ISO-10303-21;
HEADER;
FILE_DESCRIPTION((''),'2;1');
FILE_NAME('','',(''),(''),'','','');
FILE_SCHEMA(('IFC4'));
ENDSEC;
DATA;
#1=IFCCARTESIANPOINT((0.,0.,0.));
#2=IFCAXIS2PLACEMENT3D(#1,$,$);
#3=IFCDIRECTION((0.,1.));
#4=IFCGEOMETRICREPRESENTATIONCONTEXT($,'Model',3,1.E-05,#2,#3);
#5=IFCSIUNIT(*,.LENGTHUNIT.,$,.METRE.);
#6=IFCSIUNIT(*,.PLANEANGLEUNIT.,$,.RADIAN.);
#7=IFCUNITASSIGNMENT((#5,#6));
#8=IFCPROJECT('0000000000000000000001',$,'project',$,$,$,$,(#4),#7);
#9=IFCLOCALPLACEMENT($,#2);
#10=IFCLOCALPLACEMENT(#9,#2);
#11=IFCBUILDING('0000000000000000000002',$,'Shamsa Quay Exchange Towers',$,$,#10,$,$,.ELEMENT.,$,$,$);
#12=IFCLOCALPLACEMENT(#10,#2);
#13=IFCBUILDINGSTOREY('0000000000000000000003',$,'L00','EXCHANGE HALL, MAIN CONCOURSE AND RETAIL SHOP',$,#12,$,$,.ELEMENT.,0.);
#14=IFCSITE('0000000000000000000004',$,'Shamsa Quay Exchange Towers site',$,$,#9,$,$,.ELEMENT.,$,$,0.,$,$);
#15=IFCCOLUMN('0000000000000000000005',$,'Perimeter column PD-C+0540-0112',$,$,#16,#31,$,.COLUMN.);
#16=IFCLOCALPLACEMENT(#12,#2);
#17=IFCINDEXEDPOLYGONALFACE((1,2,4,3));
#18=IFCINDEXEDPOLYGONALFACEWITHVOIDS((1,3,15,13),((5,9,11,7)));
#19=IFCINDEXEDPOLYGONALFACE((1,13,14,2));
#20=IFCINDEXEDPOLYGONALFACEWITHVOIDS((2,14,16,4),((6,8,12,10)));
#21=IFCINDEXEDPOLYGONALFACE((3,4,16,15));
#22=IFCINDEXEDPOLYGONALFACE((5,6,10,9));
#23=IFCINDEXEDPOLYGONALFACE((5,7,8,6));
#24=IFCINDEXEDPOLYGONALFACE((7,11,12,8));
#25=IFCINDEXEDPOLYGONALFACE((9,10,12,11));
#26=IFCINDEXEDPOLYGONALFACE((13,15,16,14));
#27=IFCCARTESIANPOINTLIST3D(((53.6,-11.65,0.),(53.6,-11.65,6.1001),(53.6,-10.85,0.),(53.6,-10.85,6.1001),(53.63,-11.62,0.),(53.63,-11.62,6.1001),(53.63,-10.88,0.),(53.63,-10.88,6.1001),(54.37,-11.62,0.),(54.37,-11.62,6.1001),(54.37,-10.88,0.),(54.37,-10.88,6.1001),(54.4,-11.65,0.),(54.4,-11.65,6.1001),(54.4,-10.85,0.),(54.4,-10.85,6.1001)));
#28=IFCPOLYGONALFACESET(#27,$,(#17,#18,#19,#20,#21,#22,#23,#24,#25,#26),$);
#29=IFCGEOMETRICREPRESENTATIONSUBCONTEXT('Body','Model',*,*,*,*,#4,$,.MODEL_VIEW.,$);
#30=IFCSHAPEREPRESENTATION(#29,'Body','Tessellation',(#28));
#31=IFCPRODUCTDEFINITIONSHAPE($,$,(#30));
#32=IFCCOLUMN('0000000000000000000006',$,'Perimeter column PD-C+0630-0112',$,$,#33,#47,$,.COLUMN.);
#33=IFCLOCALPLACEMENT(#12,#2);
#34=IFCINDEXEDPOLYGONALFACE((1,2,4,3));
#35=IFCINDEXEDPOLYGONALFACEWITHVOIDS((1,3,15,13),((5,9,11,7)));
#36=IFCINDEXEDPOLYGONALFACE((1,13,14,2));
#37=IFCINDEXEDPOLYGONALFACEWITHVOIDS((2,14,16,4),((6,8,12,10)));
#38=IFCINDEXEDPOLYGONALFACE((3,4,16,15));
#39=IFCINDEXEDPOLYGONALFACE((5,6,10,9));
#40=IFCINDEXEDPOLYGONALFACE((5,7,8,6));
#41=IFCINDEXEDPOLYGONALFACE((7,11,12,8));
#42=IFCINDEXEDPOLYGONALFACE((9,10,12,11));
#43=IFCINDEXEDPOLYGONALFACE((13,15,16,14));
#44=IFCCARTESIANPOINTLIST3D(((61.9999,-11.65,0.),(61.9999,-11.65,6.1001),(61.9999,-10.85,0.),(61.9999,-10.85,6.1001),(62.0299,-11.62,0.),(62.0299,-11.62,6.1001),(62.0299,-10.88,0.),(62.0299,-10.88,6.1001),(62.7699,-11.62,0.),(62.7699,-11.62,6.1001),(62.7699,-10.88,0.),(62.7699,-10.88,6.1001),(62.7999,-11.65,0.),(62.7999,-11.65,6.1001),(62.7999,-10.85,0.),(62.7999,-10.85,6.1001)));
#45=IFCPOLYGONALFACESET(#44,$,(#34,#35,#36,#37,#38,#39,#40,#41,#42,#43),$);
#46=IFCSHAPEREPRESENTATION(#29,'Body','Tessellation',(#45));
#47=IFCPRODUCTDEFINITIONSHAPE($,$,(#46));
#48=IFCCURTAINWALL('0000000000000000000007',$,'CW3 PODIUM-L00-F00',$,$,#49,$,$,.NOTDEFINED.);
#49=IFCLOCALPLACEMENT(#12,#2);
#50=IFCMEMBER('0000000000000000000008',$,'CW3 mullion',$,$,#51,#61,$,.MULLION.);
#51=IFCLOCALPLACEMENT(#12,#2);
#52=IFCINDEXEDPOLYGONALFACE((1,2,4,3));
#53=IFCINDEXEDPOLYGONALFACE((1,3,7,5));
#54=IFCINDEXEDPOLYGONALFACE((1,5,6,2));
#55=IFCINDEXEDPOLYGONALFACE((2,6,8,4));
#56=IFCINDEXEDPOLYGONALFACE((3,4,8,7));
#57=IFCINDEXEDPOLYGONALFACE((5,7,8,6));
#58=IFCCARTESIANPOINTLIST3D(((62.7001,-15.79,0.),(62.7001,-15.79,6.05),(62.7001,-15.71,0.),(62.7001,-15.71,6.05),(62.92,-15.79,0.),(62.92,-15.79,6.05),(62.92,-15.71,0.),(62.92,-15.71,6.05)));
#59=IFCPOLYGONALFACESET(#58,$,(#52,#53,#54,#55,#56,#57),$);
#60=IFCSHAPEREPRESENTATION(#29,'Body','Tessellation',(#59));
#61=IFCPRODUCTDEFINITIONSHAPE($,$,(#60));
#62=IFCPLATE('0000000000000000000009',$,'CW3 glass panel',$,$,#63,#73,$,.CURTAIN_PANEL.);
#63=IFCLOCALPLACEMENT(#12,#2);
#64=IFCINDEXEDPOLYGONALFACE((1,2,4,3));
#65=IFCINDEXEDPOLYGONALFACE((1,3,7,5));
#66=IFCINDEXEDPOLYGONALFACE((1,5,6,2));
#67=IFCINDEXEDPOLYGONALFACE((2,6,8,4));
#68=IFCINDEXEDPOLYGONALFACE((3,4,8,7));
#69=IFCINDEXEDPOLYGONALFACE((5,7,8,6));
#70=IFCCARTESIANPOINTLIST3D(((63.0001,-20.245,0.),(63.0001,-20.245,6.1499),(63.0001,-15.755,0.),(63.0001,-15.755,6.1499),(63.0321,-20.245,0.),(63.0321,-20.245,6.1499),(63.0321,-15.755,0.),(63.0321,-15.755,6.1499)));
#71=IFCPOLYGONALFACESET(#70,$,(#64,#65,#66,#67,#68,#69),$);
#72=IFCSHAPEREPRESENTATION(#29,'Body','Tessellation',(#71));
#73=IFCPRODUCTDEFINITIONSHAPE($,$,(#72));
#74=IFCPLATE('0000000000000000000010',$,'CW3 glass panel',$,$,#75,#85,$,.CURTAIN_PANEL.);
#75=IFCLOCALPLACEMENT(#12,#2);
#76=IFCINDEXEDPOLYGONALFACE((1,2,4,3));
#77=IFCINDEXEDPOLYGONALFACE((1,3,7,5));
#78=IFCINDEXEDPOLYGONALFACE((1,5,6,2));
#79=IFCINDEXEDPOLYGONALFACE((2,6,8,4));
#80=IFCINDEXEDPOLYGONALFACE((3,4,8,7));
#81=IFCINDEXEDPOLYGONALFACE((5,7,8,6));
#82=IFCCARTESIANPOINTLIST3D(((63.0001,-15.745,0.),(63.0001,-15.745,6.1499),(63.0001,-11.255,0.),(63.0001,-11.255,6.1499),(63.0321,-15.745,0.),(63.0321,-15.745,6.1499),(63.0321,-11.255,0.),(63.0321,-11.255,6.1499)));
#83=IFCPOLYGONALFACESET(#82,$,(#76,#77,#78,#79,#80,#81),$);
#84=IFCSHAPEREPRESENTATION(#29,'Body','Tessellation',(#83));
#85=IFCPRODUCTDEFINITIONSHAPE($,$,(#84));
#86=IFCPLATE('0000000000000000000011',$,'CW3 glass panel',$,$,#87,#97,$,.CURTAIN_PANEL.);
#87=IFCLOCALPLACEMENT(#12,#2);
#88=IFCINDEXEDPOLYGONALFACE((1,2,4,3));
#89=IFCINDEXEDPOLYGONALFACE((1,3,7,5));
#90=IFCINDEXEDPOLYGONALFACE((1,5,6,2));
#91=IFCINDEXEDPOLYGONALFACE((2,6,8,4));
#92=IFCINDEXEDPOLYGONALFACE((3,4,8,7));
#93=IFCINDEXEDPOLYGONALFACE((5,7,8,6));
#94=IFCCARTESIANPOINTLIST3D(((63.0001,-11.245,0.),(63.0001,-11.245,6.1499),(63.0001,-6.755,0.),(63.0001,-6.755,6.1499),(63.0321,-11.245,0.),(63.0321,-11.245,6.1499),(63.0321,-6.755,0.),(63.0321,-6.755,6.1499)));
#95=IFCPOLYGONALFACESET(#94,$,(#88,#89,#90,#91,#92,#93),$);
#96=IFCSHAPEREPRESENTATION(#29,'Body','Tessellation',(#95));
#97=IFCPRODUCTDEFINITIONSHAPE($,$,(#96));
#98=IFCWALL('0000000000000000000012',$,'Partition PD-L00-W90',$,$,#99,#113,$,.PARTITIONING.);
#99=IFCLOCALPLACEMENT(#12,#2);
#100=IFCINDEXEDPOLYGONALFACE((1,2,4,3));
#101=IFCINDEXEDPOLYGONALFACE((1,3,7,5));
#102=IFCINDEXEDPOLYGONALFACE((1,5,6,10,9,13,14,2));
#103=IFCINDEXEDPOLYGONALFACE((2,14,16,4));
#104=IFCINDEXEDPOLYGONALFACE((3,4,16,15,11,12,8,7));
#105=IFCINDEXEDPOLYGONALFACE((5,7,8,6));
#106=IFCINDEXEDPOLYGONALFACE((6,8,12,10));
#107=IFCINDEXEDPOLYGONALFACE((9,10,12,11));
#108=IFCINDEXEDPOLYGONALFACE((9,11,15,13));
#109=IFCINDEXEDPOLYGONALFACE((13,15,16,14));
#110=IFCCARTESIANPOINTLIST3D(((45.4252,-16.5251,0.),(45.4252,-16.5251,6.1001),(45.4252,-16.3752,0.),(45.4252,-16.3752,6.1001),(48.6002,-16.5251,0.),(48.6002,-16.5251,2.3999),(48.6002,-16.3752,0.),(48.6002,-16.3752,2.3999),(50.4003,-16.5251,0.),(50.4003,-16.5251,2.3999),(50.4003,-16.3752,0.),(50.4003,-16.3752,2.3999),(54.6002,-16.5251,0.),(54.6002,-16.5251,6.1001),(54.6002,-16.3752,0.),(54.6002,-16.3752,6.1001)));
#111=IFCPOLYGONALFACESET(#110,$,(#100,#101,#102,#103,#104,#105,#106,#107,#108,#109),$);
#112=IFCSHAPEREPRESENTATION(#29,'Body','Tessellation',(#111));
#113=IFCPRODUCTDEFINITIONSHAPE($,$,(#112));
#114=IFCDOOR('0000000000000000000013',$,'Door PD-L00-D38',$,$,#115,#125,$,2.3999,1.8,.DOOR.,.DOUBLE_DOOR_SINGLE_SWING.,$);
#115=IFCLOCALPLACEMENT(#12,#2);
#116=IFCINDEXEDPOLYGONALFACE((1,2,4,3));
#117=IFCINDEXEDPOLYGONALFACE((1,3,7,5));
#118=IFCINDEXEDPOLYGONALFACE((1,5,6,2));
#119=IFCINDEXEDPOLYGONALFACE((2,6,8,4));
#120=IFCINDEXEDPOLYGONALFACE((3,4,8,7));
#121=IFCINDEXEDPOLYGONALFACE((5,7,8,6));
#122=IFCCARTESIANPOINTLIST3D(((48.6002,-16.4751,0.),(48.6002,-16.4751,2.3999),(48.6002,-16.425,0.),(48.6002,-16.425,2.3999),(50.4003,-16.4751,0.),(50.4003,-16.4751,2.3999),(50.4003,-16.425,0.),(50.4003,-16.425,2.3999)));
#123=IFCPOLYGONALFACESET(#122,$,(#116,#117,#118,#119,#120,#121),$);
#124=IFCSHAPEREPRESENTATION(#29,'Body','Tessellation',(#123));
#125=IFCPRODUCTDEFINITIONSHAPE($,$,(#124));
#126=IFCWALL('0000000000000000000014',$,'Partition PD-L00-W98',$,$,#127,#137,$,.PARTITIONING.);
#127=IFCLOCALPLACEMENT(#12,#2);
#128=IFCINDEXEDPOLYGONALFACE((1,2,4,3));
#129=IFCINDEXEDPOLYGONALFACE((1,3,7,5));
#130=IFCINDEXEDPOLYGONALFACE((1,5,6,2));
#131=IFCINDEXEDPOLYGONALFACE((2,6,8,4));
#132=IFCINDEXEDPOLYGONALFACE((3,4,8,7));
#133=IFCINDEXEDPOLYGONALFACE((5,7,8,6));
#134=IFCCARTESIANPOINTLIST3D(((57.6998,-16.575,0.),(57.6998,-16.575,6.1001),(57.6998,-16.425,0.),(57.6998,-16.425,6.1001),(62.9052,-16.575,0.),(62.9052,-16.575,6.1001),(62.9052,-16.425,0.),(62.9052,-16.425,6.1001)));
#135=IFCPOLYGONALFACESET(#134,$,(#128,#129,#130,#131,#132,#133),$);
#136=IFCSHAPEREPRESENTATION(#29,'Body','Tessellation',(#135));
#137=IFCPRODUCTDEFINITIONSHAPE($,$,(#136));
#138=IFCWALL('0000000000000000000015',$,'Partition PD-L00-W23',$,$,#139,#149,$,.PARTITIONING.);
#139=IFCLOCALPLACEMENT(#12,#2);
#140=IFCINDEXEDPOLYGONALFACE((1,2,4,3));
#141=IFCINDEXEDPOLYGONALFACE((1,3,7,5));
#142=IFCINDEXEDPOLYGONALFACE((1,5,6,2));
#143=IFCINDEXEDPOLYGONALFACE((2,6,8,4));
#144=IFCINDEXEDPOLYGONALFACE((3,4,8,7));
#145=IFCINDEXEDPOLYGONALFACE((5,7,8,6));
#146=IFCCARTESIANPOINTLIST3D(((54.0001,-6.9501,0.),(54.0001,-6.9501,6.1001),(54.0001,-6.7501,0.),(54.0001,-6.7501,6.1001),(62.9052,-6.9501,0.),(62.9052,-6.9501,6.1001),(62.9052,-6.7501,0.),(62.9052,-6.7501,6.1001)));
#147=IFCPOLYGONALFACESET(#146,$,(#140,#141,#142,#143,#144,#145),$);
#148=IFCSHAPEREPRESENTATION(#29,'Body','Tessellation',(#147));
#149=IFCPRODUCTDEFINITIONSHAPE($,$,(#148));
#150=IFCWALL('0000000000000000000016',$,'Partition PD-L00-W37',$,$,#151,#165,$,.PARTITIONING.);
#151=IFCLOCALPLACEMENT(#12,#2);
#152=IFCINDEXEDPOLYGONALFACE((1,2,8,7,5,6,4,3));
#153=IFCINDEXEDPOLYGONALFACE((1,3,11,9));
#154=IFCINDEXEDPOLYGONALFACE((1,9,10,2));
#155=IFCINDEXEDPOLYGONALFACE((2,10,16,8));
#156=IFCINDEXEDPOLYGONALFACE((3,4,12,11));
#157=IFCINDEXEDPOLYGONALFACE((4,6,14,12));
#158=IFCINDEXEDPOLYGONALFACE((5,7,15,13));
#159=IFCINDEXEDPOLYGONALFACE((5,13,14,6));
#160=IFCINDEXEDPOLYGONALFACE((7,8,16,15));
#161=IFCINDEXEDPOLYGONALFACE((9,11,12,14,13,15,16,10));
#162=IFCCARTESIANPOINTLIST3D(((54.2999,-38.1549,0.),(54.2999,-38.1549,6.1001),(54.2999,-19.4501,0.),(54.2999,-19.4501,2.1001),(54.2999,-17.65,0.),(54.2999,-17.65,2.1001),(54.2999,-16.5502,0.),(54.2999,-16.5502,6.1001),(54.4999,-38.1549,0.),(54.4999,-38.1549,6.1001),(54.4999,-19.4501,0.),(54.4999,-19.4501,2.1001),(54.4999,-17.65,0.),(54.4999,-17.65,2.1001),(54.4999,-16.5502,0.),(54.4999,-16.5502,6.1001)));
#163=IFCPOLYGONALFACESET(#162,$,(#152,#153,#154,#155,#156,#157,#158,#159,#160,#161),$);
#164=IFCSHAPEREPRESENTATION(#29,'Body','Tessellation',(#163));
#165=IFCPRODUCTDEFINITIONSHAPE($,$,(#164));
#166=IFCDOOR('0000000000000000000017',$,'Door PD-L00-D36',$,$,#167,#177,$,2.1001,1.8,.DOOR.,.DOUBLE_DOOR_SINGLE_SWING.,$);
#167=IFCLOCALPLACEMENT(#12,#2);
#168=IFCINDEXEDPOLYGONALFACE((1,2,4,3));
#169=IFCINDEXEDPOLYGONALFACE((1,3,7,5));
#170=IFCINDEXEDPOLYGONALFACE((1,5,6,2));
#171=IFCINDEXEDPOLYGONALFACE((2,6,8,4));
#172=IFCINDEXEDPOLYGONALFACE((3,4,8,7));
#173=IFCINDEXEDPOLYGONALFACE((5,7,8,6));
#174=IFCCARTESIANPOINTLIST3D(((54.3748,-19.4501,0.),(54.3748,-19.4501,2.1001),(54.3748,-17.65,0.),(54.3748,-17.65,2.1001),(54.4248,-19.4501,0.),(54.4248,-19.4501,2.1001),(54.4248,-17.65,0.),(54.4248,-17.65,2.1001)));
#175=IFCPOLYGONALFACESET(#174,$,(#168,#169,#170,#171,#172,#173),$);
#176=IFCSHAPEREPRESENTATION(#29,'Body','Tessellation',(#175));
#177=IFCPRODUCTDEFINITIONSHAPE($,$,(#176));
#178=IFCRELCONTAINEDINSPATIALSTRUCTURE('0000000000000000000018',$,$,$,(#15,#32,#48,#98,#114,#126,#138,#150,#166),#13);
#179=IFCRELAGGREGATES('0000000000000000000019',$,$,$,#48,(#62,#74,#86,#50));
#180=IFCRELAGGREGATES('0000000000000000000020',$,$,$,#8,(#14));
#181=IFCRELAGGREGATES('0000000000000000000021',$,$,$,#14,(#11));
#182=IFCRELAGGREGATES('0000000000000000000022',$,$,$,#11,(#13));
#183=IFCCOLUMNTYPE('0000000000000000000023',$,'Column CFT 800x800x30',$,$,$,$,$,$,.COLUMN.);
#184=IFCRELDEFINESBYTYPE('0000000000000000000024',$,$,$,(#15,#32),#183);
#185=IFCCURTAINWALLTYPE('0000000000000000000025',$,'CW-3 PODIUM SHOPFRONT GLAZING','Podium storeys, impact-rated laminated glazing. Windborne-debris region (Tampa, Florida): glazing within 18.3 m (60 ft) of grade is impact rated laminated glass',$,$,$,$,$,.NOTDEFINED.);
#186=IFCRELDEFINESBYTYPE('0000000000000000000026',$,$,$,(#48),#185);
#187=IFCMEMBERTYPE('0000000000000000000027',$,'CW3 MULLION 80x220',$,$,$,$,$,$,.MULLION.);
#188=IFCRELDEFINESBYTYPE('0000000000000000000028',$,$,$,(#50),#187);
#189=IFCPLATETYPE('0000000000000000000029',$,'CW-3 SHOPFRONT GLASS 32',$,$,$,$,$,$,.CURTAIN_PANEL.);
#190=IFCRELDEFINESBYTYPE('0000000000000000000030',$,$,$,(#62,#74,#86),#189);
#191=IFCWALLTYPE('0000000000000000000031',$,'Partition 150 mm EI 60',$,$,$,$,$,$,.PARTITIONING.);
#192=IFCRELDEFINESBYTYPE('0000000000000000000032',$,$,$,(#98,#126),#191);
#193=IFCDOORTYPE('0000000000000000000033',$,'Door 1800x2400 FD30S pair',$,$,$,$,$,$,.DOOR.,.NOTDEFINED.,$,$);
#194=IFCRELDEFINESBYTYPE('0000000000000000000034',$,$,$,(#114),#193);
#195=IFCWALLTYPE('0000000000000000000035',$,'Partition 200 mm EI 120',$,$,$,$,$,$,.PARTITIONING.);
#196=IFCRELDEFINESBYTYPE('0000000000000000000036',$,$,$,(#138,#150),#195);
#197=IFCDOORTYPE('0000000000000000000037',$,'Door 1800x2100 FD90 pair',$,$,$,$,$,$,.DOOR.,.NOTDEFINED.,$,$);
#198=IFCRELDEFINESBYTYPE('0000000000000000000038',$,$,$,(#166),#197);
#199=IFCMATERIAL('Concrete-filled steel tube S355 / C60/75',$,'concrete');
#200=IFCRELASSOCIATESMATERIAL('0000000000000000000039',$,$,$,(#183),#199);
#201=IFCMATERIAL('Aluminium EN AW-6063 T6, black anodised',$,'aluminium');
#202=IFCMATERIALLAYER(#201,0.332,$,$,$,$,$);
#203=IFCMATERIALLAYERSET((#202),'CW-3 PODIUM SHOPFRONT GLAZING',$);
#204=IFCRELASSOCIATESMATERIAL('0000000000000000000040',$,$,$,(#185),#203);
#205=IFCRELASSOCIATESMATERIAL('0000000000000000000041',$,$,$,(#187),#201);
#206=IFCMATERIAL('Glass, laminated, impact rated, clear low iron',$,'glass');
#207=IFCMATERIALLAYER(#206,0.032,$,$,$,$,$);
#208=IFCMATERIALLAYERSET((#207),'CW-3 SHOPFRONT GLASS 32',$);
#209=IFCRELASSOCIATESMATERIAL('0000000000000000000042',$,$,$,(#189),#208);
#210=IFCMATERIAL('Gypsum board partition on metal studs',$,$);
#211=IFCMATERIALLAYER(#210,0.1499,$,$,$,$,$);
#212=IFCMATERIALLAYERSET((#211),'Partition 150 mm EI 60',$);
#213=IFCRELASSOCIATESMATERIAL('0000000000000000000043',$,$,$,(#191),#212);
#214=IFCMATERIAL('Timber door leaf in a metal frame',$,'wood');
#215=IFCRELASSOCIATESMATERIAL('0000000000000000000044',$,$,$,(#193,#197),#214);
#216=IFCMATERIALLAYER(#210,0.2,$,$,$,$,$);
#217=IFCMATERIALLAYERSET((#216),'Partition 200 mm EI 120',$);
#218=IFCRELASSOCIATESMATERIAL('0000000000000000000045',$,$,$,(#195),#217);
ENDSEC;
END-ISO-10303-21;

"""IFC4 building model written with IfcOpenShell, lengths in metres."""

from ifc_helpers import new_model, si_unit, direction, frame, frame_2d, origin, origin_2d, place, context, subcontext, project, spatial, rectangle, hollow_rectangle, extrude, material, layer, layer_set, material_profile, profile_set, type_object, element, fill, aggregate, save


model = new_model("IFC4")

# Units and contexts
model_context = context("Model", 3, precision=1e-05, world=origin(), true_north=direction((0.0, 1.0)))
body_context = subcontext(model_context, "Body", "Model", "MODEL_VIEW")
ifc_project = project(units=[si_unit("LENGTHUNIT", "METRE"), si_unit("PLANEANGLEUNIT", "RADIAN")], contexts=[model_context])

# Site, building, storey
site_placement = place(None, origin())
site = spatial("IfcSite", under=ifc_project, at=site_placement, Name="Shamsa Quay Exchange Towers site", CompositionType="ELEMENT", RefElevation=0.0)
building_placement = place(site_placement, origin())
building = spatial("IfcBuilding", under=site, at=building_placement, Name="Shamsa Quay Exchange Towers", CompositionType="ELEMENT")
storey_placement = place(building_placement, origin())
storey = spatial("IfcBuildingStorey", under=building, at=storey_placement, Name="L00", Description="EXCHANGE HALL, MAIN CONCOURSE AND RETAIL SHOP", CompositionType="ELEMENT", Elevation=0.0)

# Columns
ifc_material_1 = material(Name="Concrete-filled steel tube S355 / C60/75", Category="concrete")
ifc_material_profile_1 = material_profile(ifc_material_1, hollow_rectangle(XDim=0.8, YDim=0.8, WallThickness=0.03, at=origin_2d()), Name="CFT 800x800x30")
ifc_profile_set_1 = profile_set([ifc_material_profile_1], Name="Concrete-filled steel tube S355 / C60/75")
column_type = type_object("IfcColumnType", Name="Column CFT 800x800x30", PredefinedType="COLUMN", material=ifc_profile_set_1)
for number, where, name in (
    (1, (54.0, -11.25, 0.0), "Perimeter column PD-C+0540-0112"),
    (2, (62.3999, -11.25, 0.0), "Perimeter column PD-C+0630-0112"),
):
    element("IfcColumn", number, at=place(storey_placement, frame(where)), inside=storey, type_object=column_type, Name=name, PredefinedType="COLUMN", context=body_context, shape_type="SweptSolid", body=[
        extrude(hollow_rectangle(XDim=0.8, YDim=0.8, WallThickness=0.03, at=origin_2d()), origin(), (0.0, 0.0, 1.0), 6.1001),
    ])

# Curtain wall, member, plates
ifc_material_2 = material(Name="Aluminium EN AW-6063 T6, black anodised", Category="aluminium")
ifc_layer_1 = layer(ifc_material_2, 0.332)
ifc_layer_set_1 = layer_set([ifc_layer_1], Name="CW-3 PODIUM SHOPFRONT GLAZING")
curtain_wall_type = type_object("IfcCurtainWallType", Name="CW-3 PODIUM SHOPFRONT GLAZING", Description="Podium storeys, impact-rated laminated glazing. Windborne-debris region (Tampa, Florida): glazing within 18.3 m (60 ft) of grade is impact rated laminated glass", PredefinedType="NOTDEFINED", material=ifc_layer_set_1)
curtain_wall_placement = place(storey_placement, origin())
curtain_wall = element("IfcCurtainWall", 3, at=curtain_wall_placement, inside=storey, type_object=curtain_wall_type, Name="CW3 PODIUM-L00-F00", PredefinedType="NOTDEFINED")
ifc_material_profile_2 = material_profile(ifc_material_2, rectangle(XDim=0.22, YDim=0.0801, at=origin_2d()), Name="MU80x220")
ifc_profile_set_2 = profile_set([ifc_material_profile_2], Name="Aluminium EN AW-6063 T6, black anodised")
member_type = type_object("IfcMemberType", Name="CW3 MULLION 80x220", PredefinedType="MULLION", material=ifc_profile_set_2)
member_placement = place(storey_placement, frame((62.8101, -15.75, 0.0), z_axis=(0.0, 0.0, 1.0), x_axis=(-1.0, 0.0, 0.0)))
member = element("IfcMember", 4, at=member_placement, type_object=member_type, Name="CW3 mullion", PredefinedType="MULLION", context=body_context, shape_type="SweptSolid", body=[
    extrude(rectangle(XDim=0.22, YDim=0.0801, at=origin_2d()), origin(), (0.0, 0.0, 1.0), 6.05),
])
ifc_material_3 = material(Name="Glass, laminated, impact rated, clear low iron", Category="glass")
ifc_layer_2 = layer(ifc_material_3, 0.032)
ifc_layer_set_2 = layer_set([ifc_layer_2], Name="CW-3 SHOPFRONT GLASS 32")
plate_type = type_object("IfcPlateType", Name="CW-3 SHOPFRONT GLASS 32", PredefinedType="CURTAIN_PANEL", material=ifc_layer_set_2)
plate_1_placement = place(storey_placement, frame((63.0161, -18.0, 0.0), z_axis=(0.0, 0.0, 1.0), x_axis=(0.0, 1.0, 0.0)))
plate_1 = element("IfcPlate", 5, at=plate_1_placement, type_object=plate_type, Name="CW3 glass panel", PredefinedType="CURTAIN_PANEL", context=body_context, shape_type="SweptSolid", body=[
    extrude(rectangle(XDim=4.49, YDim=0.032, at=origin_2d()), origin(), (0.0, 0.0, 1.0), 6.1499),
])
plate_2_placement = place(storey_placement, frame((63.0161, -13.5, 0.0), z_axis=(0.0, 0.0, 1.0), x_axis=(0.0, 1.0, 0.0)))
plate_2 = element("IfcPlate", 6, at=plate_2_placement, type_object=plate_type, Name="CW3 glass panel", PredefinedType="CURTAIN_PANEL", context=body_context, shape_type="SweptSolid", body=[
    extrude(rectangle(XDim=4.49, YDim=0.032, at=origin_2d()), origin(), (0.0, 0.0, 1.0), 6.1499),
])
plate_3_placement = place(storey_placement, frame((63.0161, -9.0, 0.0), z_axis=(0.0, 0.0, 1.0), x_axis=(0.0, 1.0, 0.0)))
plate_3 = element("IfcPlate", 7, at=plate_3_placement, type_object=plate_type, Name="CW3 glass panel", PredefinedType="CURTAIN_PANEL", context=body_context, shape_type="SweptSolid", body=[
    extrude(rectangle(XDim=4.49, YDim=0.032, at=origin_2d()), origin(), (0.0, 0.0, 1.0), 6.1499),
])
aggregate(curtain_wall, [plate_1, plate_2, plate_3, member])

# Wall, opening, door
ifc_material_4 = material(Name="Gypsum board partition on metal studs")
ifc_layer_3 = layer(ifc_material_4, 0.1499)
ifc_layer_set_3 = layer_set([ifc_layer_3], Name="Partition 150 mm EI 60")
wall_type_1 = type_object("IfcWallType", Name="Partition 150 mm EI 60", PredefinedType="PARTITIONING", material=ifc_layer_set_3)
wall_1_placement = place(storey_placement, frame((54.6001, -16.4502, 0.0), z_axis=(0.0, 0.0, 1.0), x_axis=(-1.0, 0.0, 0.0)))
wall_1 = element("IfcWall", 8, at=wall_1_placement, inside=storey, type_object=wall_type_1, Name="Partition PD-L00-W90", PredefinedType="PARTITIONING", context=body_context, shape_type="SweptSolid", body=[
    extrude(rectangle(XDim=9.175, YDim=0.1499, at=frame_2d((4.5874, 0.0))), origin(), (0.0, 0.0, 1.0), 6.1001),
])
opening_1_placement = place(wall_1_placement, frame((4.2, 0.0, 0.0)))
opening_1 = element("IfcOpeningElement", 9, at=opening_1_placement, cuts=wall_1, PredefinedType="OPENING", context=body_context, shape_type="SweptSolid", body=[
    extrude(rectangle(XDim=1.8, YDim=2.3999, at=frame_2d((0.8999, 1.2))), frame((0.0, 0.085, 0.0), z_axis=(0.0, -1.0, 0.0), x_axis=(1.0, 0.0, 0.0)), (0.0, 0.0, 1.0), 0.1699),
])
ifc_material_5 = material(Name="Timber door leaf in a metal frame", Category="wood")
door_type_1 = type_object("IfcDoorType", Name="Door 1800x2400 FD30S pair", OperationType="NOTDEFINED", PredefinedType="DOOR", material=ifc_material_5)
door_1_placement = place(opening_1_placement, origin())
door_1 = element("IfcDoor", 10, at=door_1_placement, inside=storey, type_object=door_type_1, Name="Door PD-L00-D38", OperationType="DOUBLE_DOOR_SINGLE_SWING", OverallHeight=2.3999, OverallWidth=1.8, PredefinedType="DOOR", context=body_context, shape_type="SweptSolid", body=[
    extrude(rectangle(XDim=1.8, YDim=2.3999, at=frame_2d((0.8999, 1.2))), frame((0.0, 0.0249, 0.0), z_axis=(0.0, -1.0, 0.0), x_axis=(1.0, 0.0, 0.0)), (0.0, 0.0, 1.0), 0.05),
])
fill(opening_1, door_1)

# Walls
wall_2_placement = place(storey_placement, frame((62.905, -16.5, 0.0), z_axis=(0.0, 0.0, 1.0), x_axis=(-1.0, 0.0, 0.0)))
element("IfcWall", 11, at=wall_2_placement, inside=storey, type_object=wall_type_1, Name="Partition PD-L00-W98", PredefinedType="PARTITIONING", context=body_context, shape_type="SweptSolid", body=[
    extrude(rectangle(XDim=5.2053, YDim=0.1499, at=frame_2d((2.6025, 0.0))), origin(), (0.0, 0.0, 1.0), 6.1001),
])
ifc_layer_4 = layer(ifc_material_4, 0.2)
ifc_layer_set_4 = layer_set([ifc_layer_4], Name="Partition 200 mm EI 120")
wall_type_2 = type_object("IfcWallType", Name="Partition 200 mm EI 120", PredefinedType="PARTITIONING", material=ifc_layer_set_4)
wall_3_placement = place(storey_placement, frame((54.0, -6.8501, 0.0)))
element("IfcWall", 12, at=wall_3_placement, inside=storey, type_object=wall_type_2, Name="Partition PD-L00-W23", PredefinedType="PARTITIONING", context=body_context, shape_type="SweptSolid", body=[
    extrude(rectangle(XDim=8.905, YDim=0.2, at=frame_2d((4.4526, 0.0))), origin(), (0.0, 0.0, 1.0), 6.1001),
])

# Wall, opening, door
wall_4_placement = place(storey_placement, frame((54.3999, -16.5503, 0.0), z_axis=(0.0, 0.0, 1.0), x_axis=(0.0, -1.0, 0.0)))
wall_4 = element("IfcWall", 13, at=wall_4_placement, inside=storey, type_object=wall_type_2, Name="Partition PD-L00-W37", PredefinedType="PARTITIONING", context=body_context, shape_type="SweptSolid", body=[
    extrude(rectangle(XDim=21.6047, YDim=0.2, at=frame_2d((10.8022, 0.0))), origin(), (0.0, 0.0, 1.0), 6.1001),
])
opening_2_placement = place(wall_4_placement, frame((1.0999, 0.0, 0.0)))
opening_2 = element("IfcOpeningElement", 14, at=opening_2_placement, cuts=wall_4, PredefinedType="OPENING", context=body_context, shape_type="SweptSolid", body=[
    extrude(rectangle(XDim=1.8, YDim=2.1001, at=frame_2d((0.8999, 1.05))), frame((0.0, 0.1099, 0.0), z_axis=(0.0, -1.0, 0.0), x_axis=(1.0, 0.0, 0.0)), (0.0, 0.0, 1.0), 0.22),
])
door_type_2 = type_object("IfcDoorType", Name="Door 1800x2100 FD90 pair", OperationType="NOTDEFINED", PredefinedType="DOOR", material=ifc_material_5)
door_2_placement = place(opening_2_placement, origin())
door_2 = element("IfcDoor", 15, at=door_2_placement, inside=storey, type_object=door_type_2, Name="Door PD-L00-D36", OperationType="DOUBLE_DOOR_SINGLE_SWING", OverallHeight=2.1001, OverallWidth=1.8, PredefinedType="DOOR", context=body_context, shape_type="SweptSolid", body=[
    extrude(rectangle(XDim=1.8, YDim=2.1001, at=frame_2d((0.8999, 1.05))), frame((0.0, 0.0249, 0.0), z_axis=(0.0, -1.0, 0.0), x_axis=(1.0, 0.0, 0.0)), (0.0, 0.0, 1.0), 0.05),
])
fill(opening_2, door_2)

save(model, "model.ifc")
